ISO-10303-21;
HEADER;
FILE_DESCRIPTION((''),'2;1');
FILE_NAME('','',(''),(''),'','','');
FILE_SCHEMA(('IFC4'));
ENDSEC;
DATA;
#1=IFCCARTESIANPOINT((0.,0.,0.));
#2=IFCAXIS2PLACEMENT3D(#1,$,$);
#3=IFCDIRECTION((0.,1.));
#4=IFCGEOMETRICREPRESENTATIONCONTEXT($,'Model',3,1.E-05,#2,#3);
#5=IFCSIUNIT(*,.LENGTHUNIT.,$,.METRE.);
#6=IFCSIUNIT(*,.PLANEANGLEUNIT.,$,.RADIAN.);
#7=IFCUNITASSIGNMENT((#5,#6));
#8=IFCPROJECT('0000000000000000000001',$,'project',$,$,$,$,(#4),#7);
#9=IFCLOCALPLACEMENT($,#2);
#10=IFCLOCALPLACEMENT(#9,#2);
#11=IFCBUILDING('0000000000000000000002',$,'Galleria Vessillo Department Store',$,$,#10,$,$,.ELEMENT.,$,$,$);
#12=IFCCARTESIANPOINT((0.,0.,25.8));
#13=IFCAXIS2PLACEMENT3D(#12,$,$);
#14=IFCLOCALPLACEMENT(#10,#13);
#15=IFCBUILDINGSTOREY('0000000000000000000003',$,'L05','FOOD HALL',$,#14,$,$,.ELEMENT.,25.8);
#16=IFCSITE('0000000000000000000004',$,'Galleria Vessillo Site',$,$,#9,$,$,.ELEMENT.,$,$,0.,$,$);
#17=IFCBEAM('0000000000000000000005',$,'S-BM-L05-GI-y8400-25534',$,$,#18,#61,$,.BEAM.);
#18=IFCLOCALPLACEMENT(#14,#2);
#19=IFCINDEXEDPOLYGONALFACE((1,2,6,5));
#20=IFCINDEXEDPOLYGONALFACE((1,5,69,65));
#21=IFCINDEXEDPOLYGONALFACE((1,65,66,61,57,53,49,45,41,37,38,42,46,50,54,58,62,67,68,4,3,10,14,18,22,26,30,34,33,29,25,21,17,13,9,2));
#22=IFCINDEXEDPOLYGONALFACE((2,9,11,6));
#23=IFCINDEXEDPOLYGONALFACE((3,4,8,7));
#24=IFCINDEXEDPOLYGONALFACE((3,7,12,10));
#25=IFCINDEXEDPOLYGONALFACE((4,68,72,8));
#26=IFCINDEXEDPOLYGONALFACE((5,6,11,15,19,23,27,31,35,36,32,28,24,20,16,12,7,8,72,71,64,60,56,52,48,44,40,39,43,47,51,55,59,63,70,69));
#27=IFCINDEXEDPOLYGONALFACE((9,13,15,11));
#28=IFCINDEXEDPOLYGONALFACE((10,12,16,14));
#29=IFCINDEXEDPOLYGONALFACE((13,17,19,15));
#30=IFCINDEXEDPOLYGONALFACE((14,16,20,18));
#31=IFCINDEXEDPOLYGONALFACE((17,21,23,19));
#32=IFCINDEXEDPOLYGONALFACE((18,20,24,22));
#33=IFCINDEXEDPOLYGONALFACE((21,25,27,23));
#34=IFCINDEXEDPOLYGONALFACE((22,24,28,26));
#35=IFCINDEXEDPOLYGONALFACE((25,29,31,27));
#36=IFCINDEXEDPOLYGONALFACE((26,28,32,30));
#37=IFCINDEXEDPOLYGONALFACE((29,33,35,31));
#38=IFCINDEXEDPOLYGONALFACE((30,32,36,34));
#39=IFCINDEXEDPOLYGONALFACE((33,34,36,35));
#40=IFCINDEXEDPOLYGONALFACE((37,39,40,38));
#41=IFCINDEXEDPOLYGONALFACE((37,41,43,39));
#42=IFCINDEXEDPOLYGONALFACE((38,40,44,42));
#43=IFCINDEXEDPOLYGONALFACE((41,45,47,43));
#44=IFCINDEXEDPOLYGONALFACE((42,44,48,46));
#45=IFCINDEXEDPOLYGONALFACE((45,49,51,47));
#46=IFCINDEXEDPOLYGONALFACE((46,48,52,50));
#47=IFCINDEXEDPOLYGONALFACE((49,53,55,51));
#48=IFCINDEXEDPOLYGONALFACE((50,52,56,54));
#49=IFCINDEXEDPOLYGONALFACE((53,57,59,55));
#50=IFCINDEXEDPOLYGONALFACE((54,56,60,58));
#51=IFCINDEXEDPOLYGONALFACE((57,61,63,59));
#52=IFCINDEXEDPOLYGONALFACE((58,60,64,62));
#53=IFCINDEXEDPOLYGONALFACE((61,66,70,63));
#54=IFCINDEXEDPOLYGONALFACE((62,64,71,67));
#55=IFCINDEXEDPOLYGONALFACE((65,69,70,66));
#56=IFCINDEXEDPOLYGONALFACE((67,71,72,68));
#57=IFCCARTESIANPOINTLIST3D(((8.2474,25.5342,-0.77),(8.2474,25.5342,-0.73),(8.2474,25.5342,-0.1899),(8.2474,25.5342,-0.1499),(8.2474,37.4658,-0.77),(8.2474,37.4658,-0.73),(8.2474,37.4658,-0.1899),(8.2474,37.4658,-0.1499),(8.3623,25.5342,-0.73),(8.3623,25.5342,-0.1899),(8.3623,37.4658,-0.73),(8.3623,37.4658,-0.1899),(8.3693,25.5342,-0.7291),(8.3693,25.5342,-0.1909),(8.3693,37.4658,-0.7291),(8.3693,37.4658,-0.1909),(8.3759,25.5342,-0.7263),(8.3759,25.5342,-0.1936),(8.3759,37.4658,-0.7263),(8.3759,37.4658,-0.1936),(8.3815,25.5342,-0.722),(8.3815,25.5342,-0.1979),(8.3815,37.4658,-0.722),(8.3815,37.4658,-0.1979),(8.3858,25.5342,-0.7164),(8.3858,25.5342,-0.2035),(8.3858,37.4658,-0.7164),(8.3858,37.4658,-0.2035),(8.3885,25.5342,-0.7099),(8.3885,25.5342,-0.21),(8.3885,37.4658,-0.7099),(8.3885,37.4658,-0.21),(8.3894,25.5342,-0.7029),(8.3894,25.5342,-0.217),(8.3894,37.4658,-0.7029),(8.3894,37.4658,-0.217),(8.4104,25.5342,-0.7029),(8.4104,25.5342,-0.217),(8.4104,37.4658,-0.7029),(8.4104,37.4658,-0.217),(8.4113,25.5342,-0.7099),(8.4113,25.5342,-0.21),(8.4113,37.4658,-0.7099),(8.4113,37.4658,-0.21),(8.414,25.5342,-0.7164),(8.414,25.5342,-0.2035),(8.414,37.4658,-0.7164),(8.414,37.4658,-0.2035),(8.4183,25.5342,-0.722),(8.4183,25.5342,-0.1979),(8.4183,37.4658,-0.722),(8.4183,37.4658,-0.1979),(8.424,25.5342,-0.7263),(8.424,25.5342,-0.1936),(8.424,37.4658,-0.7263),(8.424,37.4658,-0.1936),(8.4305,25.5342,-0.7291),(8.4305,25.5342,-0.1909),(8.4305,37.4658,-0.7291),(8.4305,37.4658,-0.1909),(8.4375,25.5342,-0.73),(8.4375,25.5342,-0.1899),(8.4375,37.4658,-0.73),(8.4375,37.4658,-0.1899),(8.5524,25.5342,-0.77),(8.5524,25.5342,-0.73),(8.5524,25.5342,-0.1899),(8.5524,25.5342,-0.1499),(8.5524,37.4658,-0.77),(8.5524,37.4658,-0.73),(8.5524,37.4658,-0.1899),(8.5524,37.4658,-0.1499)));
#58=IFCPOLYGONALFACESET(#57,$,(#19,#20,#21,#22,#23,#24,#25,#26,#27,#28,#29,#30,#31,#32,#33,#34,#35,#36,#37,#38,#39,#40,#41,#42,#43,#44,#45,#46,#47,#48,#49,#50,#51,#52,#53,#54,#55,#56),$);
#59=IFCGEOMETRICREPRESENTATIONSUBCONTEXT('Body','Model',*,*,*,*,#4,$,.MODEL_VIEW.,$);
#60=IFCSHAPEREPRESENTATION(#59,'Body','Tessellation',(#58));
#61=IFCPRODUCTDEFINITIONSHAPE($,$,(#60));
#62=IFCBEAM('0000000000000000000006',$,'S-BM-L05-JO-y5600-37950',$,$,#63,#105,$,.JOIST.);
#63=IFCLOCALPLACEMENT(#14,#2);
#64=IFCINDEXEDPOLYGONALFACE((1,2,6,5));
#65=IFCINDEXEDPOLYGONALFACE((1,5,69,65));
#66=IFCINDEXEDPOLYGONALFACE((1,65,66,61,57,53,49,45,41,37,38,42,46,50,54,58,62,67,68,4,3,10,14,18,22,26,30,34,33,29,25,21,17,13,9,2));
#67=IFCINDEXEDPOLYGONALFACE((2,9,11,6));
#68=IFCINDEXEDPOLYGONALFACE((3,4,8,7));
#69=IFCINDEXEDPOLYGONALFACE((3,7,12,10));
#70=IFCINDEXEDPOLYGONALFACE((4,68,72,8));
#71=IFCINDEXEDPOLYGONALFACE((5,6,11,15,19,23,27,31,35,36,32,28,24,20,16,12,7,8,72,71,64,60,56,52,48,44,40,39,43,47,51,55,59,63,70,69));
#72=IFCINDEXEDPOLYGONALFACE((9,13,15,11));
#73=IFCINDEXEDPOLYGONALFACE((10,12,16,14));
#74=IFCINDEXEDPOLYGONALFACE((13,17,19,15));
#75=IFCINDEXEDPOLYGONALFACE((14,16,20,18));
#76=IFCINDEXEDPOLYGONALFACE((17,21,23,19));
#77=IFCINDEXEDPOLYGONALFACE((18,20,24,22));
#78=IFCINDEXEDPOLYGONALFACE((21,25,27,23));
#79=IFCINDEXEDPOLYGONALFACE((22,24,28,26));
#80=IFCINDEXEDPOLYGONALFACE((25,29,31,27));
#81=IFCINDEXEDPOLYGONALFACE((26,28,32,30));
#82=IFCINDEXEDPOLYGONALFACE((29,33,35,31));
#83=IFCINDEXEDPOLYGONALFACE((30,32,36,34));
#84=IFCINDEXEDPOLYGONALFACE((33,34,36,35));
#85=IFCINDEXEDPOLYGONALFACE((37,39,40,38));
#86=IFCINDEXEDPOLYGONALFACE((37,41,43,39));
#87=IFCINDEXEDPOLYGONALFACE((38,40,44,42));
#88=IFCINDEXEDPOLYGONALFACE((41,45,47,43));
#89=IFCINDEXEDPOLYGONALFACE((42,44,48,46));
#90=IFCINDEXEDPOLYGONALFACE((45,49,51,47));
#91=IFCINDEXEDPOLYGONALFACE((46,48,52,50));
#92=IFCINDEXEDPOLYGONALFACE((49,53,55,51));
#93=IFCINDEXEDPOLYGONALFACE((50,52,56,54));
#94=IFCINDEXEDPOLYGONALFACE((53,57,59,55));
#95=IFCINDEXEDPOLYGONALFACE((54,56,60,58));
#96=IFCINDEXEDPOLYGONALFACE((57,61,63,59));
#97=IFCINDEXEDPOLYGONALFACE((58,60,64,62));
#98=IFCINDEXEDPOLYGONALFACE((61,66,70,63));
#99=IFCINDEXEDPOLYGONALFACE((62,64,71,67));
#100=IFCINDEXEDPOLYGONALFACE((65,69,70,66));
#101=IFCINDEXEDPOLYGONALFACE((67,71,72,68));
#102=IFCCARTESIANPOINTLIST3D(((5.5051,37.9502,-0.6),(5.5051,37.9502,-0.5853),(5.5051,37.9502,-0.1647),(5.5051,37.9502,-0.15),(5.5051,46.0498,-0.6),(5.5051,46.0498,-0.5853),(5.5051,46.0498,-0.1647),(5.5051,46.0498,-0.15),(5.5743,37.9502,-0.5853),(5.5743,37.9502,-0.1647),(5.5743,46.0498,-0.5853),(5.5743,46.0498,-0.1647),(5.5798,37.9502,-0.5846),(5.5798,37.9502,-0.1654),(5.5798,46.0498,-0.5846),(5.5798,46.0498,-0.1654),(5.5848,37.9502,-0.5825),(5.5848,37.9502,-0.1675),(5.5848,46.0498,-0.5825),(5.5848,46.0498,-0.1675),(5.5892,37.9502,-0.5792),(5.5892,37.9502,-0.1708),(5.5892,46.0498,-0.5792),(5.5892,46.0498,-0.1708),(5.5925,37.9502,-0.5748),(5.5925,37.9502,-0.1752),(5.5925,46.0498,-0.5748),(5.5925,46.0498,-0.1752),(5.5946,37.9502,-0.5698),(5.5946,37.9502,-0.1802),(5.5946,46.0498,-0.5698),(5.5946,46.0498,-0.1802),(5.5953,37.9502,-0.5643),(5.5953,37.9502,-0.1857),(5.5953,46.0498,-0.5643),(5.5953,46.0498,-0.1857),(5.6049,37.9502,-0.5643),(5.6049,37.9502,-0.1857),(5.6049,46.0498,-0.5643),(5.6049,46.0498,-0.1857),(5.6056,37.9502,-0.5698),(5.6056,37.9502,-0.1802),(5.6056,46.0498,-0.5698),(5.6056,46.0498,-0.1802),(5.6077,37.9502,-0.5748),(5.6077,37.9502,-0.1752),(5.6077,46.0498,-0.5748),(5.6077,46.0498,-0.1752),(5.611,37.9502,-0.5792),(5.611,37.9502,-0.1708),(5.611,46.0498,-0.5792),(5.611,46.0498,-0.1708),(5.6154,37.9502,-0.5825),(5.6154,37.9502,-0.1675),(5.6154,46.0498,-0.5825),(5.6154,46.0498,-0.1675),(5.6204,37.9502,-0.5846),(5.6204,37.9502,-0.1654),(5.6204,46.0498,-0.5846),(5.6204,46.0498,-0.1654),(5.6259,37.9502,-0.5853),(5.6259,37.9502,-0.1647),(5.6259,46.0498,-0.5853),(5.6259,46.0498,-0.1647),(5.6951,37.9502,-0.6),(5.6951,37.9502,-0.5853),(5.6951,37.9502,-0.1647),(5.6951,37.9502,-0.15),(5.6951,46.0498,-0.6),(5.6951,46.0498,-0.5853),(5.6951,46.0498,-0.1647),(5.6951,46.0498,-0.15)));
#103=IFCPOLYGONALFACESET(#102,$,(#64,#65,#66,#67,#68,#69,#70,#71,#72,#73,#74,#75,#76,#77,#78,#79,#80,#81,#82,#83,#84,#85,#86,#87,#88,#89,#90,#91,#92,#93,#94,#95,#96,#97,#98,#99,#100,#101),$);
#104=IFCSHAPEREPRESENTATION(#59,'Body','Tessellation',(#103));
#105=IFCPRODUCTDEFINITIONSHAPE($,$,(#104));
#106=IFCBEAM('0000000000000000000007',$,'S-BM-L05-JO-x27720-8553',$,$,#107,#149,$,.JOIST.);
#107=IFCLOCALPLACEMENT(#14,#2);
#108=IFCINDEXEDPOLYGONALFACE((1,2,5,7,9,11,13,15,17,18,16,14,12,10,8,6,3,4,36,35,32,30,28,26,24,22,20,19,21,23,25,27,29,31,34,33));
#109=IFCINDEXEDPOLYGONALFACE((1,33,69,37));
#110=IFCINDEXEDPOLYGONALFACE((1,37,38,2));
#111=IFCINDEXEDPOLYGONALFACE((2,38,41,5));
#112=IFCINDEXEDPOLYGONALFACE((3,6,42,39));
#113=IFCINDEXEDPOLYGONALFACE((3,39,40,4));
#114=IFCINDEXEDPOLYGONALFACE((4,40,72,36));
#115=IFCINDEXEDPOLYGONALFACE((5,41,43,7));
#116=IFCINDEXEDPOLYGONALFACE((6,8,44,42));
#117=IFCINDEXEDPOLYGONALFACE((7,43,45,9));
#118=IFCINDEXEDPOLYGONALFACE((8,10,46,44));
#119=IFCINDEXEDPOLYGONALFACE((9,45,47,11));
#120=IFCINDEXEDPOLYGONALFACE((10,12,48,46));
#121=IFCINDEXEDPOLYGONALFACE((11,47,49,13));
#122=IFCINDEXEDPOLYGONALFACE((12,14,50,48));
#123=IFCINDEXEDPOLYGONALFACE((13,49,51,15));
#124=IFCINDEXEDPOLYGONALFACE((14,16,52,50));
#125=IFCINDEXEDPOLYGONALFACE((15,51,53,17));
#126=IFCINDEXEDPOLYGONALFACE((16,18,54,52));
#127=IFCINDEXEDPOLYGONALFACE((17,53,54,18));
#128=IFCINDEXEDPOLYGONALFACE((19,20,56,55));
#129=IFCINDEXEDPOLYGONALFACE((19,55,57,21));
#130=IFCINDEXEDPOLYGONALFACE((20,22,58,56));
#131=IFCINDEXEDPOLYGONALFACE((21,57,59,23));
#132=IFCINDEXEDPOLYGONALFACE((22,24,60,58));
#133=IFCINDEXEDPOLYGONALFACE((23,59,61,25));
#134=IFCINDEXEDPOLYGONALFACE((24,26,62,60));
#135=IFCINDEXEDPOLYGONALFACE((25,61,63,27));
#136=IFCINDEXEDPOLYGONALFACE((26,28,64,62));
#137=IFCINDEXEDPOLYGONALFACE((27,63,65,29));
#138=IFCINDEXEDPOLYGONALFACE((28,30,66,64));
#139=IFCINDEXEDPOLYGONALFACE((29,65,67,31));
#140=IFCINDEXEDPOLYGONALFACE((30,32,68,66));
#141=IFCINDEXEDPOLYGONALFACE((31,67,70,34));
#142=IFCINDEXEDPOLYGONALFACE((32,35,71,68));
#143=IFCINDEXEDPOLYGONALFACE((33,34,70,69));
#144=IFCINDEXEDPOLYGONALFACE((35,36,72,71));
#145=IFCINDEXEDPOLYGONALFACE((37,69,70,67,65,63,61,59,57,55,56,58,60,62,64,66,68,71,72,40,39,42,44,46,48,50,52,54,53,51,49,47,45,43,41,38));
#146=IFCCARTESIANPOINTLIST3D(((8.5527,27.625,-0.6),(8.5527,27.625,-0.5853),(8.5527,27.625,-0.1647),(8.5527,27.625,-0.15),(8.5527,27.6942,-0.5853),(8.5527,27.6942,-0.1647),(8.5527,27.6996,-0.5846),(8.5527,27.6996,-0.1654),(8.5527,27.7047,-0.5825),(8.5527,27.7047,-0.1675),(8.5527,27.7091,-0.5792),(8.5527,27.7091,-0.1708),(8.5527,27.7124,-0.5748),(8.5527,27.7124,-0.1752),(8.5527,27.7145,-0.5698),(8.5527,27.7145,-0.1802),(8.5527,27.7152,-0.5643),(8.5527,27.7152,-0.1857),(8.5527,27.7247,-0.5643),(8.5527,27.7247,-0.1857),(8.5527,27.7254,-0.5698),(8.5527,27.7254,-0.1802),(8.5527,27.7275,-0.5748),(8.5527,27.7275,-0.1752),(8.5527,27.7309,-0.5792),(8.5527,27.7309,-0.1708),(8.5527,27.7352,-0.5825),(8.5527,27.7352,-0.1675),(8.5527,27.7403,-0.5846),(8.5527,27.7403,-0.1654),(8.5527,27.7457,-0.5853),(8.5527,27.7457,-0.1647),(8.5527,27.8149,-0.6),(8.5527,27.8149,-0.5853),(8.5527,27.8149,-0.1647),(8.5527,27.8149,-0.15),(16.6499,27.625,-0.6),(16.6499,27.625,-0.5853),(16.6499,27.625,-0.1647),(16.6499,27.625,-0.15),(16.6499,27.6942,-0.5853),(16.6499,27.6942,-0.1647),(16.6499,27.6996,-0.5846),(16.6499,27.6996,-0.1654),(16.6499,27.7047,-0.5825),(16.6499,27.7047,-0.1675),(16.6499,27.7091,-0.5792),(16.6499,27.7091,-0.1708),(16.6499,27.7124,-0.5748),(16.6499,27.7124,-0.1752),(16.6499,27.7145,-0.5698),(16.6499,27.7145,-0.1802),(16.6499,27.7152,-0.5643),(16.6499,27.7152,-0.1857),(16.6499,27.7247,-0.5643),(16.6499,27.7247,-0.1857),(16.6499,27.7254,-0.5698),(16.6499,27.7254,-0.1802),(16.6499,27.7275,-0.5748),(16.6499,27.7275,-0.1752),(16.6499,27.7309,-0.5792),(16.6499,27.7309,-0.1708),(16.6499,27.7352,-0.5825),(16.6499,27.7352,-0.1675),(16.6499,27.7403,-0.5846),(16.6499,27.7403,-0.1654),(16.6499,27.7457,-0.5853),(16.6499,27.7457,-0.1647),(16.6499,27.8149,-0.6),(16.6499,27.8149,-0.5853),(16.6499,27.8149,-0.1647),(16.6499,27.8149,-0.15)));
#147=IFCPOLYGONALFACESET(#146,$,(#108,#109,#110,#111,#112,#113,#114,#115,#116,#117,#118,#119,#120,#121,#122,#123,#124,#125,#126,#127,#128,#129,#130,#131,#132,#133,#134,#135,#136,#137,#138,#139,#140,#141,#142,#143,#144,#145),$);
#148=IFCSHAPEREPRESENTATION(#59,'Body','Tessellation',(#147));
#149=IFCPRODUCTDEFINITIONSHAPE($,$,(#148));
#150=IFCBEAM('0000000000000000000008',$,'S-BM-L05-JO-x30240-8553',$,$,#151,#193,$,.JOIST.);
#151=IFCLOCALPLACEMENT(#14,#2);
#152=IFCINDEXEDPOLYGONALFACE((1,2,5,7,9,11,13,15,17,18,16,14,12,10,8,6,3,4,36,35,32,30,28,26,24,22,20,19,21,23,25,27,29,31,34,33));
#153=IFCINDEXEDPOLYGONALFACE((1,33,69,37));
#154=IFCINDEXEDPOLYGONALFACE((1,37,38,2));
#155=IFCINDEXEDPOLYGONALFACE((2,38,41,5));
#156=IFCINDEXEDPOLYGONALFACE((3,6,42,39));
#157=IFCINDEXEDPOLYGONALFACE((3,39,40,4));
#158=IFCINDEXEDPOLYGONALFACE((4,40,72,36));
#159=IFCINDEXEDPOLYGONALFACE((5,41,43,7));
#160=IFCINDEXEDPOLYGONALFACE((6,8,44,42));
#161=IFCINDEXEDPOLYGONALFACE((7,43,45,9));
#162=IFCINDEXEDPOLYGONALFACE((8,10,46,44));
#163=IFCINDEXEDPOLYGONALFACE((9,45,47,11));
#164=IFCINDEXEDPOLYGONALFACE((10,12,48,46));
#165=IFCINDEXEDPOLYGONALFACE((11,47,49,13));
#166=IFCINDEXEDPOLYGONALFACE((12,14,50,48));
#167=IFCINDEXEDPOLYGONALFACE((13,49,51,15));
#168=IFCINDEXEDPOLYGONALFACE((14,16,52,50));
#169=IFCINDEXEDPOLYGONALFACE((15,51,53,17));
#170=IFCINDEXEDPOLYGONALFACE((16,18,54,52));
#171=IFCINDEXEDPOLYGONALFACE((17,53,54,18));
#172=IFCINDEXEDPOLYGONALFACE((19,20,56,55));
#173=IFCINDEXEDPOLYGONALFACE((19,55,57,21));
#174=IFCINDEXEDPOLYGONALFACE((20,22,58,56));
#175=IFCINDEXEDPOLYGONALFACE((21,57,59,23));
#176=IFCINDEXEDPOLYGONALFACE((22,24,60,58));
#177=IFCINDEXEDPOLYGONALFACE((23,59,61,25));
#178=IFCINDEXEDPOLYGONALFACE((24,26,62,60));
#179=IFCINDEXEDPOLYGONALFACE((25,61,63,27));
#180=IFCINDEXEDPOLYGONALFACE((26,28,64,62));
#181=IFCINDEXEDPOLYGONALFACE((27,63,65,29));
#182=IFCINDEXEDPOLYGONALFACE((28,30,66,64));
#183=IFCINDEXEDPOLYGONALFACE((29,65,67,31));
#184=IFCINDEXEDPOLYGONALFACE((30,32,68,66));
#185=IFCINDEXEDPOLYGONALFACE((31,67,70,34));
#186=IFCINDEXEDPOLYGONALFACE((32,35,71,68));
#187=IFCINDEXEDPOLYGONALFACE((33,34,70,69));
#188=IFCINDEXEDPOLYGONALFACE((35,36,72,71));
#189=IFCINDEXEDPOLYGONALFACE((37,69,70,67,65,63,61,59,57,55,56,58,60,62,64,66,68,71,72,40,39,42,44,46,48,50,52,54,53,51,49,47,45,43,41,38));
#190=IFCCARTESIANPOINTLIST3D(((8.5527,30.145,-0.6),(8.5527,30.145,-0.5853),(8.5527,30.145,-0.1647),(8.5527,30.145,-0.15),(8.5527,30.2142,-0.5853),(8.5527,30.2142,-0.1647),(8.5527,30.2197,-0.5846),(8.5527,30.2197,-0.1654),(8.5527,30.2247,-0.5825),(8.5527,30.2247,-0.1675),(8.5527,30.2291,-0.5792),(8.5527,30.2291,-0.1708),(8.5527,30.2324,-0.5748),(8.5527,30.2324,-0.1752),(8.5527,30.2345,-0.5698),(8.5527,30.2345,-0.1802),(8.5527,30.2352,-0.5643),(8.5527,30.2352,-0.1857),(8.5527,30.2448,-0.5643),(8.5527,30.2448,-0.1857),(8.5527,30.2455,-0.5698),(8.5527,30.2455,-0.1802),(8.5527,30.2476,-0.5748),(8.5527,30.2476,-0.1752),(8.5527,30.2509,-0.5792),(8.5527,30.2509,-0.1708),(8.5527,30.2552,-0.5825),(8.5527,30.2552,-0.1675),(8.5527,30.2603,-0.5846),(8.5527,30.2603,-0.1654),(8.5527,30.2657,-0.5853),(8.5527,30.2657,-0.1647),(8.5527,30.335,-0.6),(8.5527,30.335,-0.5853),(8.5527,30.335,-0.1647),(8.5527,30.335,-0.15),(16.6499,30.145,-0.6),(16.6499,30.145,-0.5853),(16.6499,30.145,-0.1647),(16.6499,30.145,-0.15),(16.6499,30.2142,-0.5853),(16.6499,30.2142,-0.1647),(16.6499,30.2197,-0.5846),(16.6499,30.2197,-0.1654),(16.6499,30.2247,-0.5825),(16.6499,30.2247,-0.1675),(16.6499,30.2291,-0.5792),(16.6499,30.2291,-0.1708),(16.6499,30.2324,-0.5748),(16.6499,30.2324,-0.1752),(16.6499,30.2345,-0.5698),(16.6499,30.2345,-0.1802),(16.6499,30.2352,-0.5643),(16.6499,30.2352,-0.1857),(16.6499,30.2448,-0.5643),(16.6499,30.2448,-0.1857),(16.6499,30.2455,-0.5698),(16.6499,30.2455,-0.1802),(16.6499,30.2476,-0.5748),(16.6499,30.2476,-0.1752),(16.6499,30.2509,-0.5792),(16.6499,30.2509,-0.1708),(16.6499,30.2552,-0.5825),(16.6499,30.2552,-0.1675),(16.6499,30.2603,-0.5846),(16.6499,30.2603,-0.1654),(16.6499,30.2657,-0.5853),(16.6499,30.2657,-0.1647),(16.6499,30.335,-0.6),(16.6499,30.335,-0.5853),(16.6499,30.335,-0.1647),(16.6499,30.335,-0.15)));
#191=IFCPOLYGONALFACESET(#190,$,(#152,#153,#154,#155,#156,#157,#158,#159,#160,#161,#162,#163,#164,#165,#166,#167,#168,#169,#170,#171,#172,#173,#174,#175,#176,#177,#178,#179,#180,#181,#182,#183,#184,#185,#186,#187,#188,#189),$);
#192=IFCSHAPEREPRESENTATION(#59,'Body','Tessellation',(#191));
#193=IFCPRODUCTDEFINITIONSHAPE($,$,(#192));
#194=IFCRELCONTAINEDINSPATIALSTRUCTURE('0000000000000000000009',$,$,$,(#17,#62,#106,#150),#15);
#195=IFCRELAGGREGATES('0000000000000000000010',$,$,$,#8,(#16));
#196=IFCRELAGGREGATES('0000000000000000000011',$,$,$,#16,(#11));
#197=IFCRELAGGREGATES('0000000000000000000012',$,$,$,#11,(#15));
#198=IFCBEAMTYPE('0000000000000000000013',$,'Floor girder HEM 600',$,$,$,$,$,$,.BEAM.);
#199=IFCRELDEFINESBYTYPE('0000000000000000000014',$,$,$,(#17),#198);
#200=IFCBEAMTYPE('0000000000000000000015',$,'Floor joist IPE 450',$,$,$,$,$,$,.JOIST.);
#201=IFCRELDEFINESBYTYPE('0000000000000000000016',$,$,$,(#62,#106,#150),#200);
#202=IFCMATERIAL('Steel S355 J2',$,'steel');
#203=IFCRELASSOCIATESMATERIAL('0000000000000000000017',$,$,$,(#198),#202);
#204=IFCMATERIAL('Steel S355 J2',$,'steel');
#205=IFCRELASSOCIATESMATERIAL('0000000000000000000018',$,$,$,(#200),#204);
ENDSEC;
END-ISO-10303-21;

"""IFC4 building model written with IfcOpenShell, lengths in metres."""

from ifc_helpers import new_model, si_unit, direction, frame, origin, origin_2d, place, context, subcontext, project, spatial, i_section, extrude, material, material_profile, profile_set, type_object, element, save


model = new_model("IFC4")

# Units and contexts
model_context = context("Model", 3, precision=1e-05, world=origin(), true_north=direction((0.0, 1.0)))
body_context = subcontext(model_context, "Body", "Model", "MODEL_VIEW")
ifc_project = project(units=[si_unit("LENGTHUNIT", "METRE"), si_unit("PLANEANGLEUNIT", "RADIAN")], contexts=[model_context])

# Site, building, storey
site_placement = place(None, origin())
site = spatial("IfcSite", under=ifc_project, at=site_placement, Name="Galleria Vessillo Site", CompositionType="ELEMENT", RefElevation=0.0)
building_placement = place(site_placement, origin())
building = spatial("IfcBuilding", under=site, at=building_placement, Name="Galleria Vessillo Department Store", CompositionType="ELEMENT")
storey_placement = place(building_placement, frame((0.0, 0.0, 25.8)))
storey = spatial("IfcBuildingStorey", under=building, at=storey_placement, Name="L05", Description="FOOD HALL", CompositionType="ELEMENT", Elevation=25.8)

# Beams
ifc_material_1 = material(Name="Steel S355 J2", Category="steel")
ifc_material_profile_1 = material_profile(ifc_material_1, i_section(OverallWidth=0.3049, OverallDepth=0.6201, WebThickness=0.021, FlangeThickness=0.04, FilletRadius=0.0271, at=origin_2d()), Name="HEM 600")
ifc_profile_set_1 = profile_set([ifc_material_profile_1], Name="Steel S355 J2")
beam_type_1 = type_object("IfcBeamType", Name="Floor girder HEM 600", PredefinedType="BEAM", material=ifc_profile_set_1)
beam_1_placement = place(storey_placement, frame((8.3999, 25.5342, -0.46), z_axis=(0.0, 1.0, 0.0), x_axis=(-1.0, 0.0, 0.0)))
element("IfcBeam", 1, at=beam_1_placement, inside=storey, type_object=beam_type_1, Name="S-BM-L05-GI-y8400-25534", PredefinedType="BEAM", context=body_context, shape_type="SweptSolid", body=[
    extrude(i_section(OverallWidth=0.3049, OverallDepth=0.6201, WebThickness=0.021, FlangeThickness=0.04, FilletRadius=0.0271, at=origin_2d()), origin(), (0.0, 0.0, 1.0), 11.9316),
])
ifc_material_2 = material(Name="Steel S355 J2", Category="steel")
ifc_material_profile_2 = material_profile(ifc_material_2, i_section(OverallWidth=0.1899, OverallDepth=0.45, WebThickness=0.0095, FlangeThickness=0.0146, FilletRadius=0.021, at=origin_2d()), Name="IPE 450")
ifc_profile_set_2 = profile_set([ifc_material_profile_2], Name="Steel S355 J2")
beam_type_2 = type_object("IfcBeamType", Name="Floor joist IPE 450", PredefinedType="JOIST", material=ifc_profile_set_2)
beam_2_placement = place(storey_placement, frame((5.6001, 37.9502, -0.375), z_axis=(0.0, 1.0, 0.0), x_axis=(-1.0, 0.0, 0.0)))
element("IfcBeam", 2, at=beam_2_placement, inside=storey, type_object=beam_type_2, Name="S-BM-L05-JO-y5600-37950", PredefinedType="JOIST", context=body_context, shape_type="SweptSolid", body=[
    extrude(i_section(OverallWidth=0.1899, OverallDepth=0.45, WebThickness=0.0095, FlangeThickness=0.0146, FilletRadius=0.021, at=origin_2d()), origin(), (0.0, 0.0, 1.0), 8.0996),
])
for number, where, z_axis, x_axis, name in (
    (3, (8.5527, 27.72, -0.375), (1.0, 0.0, 0.0), (0.0, 1.0, 0.0), "S-BM-L05-JO-x27720-8553"),
    (4, (8.5527, 30.24, -0.375), (1.0, 0.0, 0.0), (0.0, 1.0, 0.0), "S-BM-L05-JO-x30240-8553"),
):
    element("IfcBeam", number, at=place(storey_placement, frame(where, z_axis=z_axis, x_axis=x_axis)), inside=storey, type_object=beam_type_2, Name=name, PredefinedType="JOIST", context=body_context, shape_type="SweptSolid", body=[
        extrude(i_section(OverallWidth=0.1899, OverallDepth=0.45, WebThickness=0.0095, FlangeThickness=0.0146, FilletRadius=0.021, at=origin_2d()), origin(), (0.0, 0.0, 1.0), 8.0972),
    ])

save(model, "model.ifc")
